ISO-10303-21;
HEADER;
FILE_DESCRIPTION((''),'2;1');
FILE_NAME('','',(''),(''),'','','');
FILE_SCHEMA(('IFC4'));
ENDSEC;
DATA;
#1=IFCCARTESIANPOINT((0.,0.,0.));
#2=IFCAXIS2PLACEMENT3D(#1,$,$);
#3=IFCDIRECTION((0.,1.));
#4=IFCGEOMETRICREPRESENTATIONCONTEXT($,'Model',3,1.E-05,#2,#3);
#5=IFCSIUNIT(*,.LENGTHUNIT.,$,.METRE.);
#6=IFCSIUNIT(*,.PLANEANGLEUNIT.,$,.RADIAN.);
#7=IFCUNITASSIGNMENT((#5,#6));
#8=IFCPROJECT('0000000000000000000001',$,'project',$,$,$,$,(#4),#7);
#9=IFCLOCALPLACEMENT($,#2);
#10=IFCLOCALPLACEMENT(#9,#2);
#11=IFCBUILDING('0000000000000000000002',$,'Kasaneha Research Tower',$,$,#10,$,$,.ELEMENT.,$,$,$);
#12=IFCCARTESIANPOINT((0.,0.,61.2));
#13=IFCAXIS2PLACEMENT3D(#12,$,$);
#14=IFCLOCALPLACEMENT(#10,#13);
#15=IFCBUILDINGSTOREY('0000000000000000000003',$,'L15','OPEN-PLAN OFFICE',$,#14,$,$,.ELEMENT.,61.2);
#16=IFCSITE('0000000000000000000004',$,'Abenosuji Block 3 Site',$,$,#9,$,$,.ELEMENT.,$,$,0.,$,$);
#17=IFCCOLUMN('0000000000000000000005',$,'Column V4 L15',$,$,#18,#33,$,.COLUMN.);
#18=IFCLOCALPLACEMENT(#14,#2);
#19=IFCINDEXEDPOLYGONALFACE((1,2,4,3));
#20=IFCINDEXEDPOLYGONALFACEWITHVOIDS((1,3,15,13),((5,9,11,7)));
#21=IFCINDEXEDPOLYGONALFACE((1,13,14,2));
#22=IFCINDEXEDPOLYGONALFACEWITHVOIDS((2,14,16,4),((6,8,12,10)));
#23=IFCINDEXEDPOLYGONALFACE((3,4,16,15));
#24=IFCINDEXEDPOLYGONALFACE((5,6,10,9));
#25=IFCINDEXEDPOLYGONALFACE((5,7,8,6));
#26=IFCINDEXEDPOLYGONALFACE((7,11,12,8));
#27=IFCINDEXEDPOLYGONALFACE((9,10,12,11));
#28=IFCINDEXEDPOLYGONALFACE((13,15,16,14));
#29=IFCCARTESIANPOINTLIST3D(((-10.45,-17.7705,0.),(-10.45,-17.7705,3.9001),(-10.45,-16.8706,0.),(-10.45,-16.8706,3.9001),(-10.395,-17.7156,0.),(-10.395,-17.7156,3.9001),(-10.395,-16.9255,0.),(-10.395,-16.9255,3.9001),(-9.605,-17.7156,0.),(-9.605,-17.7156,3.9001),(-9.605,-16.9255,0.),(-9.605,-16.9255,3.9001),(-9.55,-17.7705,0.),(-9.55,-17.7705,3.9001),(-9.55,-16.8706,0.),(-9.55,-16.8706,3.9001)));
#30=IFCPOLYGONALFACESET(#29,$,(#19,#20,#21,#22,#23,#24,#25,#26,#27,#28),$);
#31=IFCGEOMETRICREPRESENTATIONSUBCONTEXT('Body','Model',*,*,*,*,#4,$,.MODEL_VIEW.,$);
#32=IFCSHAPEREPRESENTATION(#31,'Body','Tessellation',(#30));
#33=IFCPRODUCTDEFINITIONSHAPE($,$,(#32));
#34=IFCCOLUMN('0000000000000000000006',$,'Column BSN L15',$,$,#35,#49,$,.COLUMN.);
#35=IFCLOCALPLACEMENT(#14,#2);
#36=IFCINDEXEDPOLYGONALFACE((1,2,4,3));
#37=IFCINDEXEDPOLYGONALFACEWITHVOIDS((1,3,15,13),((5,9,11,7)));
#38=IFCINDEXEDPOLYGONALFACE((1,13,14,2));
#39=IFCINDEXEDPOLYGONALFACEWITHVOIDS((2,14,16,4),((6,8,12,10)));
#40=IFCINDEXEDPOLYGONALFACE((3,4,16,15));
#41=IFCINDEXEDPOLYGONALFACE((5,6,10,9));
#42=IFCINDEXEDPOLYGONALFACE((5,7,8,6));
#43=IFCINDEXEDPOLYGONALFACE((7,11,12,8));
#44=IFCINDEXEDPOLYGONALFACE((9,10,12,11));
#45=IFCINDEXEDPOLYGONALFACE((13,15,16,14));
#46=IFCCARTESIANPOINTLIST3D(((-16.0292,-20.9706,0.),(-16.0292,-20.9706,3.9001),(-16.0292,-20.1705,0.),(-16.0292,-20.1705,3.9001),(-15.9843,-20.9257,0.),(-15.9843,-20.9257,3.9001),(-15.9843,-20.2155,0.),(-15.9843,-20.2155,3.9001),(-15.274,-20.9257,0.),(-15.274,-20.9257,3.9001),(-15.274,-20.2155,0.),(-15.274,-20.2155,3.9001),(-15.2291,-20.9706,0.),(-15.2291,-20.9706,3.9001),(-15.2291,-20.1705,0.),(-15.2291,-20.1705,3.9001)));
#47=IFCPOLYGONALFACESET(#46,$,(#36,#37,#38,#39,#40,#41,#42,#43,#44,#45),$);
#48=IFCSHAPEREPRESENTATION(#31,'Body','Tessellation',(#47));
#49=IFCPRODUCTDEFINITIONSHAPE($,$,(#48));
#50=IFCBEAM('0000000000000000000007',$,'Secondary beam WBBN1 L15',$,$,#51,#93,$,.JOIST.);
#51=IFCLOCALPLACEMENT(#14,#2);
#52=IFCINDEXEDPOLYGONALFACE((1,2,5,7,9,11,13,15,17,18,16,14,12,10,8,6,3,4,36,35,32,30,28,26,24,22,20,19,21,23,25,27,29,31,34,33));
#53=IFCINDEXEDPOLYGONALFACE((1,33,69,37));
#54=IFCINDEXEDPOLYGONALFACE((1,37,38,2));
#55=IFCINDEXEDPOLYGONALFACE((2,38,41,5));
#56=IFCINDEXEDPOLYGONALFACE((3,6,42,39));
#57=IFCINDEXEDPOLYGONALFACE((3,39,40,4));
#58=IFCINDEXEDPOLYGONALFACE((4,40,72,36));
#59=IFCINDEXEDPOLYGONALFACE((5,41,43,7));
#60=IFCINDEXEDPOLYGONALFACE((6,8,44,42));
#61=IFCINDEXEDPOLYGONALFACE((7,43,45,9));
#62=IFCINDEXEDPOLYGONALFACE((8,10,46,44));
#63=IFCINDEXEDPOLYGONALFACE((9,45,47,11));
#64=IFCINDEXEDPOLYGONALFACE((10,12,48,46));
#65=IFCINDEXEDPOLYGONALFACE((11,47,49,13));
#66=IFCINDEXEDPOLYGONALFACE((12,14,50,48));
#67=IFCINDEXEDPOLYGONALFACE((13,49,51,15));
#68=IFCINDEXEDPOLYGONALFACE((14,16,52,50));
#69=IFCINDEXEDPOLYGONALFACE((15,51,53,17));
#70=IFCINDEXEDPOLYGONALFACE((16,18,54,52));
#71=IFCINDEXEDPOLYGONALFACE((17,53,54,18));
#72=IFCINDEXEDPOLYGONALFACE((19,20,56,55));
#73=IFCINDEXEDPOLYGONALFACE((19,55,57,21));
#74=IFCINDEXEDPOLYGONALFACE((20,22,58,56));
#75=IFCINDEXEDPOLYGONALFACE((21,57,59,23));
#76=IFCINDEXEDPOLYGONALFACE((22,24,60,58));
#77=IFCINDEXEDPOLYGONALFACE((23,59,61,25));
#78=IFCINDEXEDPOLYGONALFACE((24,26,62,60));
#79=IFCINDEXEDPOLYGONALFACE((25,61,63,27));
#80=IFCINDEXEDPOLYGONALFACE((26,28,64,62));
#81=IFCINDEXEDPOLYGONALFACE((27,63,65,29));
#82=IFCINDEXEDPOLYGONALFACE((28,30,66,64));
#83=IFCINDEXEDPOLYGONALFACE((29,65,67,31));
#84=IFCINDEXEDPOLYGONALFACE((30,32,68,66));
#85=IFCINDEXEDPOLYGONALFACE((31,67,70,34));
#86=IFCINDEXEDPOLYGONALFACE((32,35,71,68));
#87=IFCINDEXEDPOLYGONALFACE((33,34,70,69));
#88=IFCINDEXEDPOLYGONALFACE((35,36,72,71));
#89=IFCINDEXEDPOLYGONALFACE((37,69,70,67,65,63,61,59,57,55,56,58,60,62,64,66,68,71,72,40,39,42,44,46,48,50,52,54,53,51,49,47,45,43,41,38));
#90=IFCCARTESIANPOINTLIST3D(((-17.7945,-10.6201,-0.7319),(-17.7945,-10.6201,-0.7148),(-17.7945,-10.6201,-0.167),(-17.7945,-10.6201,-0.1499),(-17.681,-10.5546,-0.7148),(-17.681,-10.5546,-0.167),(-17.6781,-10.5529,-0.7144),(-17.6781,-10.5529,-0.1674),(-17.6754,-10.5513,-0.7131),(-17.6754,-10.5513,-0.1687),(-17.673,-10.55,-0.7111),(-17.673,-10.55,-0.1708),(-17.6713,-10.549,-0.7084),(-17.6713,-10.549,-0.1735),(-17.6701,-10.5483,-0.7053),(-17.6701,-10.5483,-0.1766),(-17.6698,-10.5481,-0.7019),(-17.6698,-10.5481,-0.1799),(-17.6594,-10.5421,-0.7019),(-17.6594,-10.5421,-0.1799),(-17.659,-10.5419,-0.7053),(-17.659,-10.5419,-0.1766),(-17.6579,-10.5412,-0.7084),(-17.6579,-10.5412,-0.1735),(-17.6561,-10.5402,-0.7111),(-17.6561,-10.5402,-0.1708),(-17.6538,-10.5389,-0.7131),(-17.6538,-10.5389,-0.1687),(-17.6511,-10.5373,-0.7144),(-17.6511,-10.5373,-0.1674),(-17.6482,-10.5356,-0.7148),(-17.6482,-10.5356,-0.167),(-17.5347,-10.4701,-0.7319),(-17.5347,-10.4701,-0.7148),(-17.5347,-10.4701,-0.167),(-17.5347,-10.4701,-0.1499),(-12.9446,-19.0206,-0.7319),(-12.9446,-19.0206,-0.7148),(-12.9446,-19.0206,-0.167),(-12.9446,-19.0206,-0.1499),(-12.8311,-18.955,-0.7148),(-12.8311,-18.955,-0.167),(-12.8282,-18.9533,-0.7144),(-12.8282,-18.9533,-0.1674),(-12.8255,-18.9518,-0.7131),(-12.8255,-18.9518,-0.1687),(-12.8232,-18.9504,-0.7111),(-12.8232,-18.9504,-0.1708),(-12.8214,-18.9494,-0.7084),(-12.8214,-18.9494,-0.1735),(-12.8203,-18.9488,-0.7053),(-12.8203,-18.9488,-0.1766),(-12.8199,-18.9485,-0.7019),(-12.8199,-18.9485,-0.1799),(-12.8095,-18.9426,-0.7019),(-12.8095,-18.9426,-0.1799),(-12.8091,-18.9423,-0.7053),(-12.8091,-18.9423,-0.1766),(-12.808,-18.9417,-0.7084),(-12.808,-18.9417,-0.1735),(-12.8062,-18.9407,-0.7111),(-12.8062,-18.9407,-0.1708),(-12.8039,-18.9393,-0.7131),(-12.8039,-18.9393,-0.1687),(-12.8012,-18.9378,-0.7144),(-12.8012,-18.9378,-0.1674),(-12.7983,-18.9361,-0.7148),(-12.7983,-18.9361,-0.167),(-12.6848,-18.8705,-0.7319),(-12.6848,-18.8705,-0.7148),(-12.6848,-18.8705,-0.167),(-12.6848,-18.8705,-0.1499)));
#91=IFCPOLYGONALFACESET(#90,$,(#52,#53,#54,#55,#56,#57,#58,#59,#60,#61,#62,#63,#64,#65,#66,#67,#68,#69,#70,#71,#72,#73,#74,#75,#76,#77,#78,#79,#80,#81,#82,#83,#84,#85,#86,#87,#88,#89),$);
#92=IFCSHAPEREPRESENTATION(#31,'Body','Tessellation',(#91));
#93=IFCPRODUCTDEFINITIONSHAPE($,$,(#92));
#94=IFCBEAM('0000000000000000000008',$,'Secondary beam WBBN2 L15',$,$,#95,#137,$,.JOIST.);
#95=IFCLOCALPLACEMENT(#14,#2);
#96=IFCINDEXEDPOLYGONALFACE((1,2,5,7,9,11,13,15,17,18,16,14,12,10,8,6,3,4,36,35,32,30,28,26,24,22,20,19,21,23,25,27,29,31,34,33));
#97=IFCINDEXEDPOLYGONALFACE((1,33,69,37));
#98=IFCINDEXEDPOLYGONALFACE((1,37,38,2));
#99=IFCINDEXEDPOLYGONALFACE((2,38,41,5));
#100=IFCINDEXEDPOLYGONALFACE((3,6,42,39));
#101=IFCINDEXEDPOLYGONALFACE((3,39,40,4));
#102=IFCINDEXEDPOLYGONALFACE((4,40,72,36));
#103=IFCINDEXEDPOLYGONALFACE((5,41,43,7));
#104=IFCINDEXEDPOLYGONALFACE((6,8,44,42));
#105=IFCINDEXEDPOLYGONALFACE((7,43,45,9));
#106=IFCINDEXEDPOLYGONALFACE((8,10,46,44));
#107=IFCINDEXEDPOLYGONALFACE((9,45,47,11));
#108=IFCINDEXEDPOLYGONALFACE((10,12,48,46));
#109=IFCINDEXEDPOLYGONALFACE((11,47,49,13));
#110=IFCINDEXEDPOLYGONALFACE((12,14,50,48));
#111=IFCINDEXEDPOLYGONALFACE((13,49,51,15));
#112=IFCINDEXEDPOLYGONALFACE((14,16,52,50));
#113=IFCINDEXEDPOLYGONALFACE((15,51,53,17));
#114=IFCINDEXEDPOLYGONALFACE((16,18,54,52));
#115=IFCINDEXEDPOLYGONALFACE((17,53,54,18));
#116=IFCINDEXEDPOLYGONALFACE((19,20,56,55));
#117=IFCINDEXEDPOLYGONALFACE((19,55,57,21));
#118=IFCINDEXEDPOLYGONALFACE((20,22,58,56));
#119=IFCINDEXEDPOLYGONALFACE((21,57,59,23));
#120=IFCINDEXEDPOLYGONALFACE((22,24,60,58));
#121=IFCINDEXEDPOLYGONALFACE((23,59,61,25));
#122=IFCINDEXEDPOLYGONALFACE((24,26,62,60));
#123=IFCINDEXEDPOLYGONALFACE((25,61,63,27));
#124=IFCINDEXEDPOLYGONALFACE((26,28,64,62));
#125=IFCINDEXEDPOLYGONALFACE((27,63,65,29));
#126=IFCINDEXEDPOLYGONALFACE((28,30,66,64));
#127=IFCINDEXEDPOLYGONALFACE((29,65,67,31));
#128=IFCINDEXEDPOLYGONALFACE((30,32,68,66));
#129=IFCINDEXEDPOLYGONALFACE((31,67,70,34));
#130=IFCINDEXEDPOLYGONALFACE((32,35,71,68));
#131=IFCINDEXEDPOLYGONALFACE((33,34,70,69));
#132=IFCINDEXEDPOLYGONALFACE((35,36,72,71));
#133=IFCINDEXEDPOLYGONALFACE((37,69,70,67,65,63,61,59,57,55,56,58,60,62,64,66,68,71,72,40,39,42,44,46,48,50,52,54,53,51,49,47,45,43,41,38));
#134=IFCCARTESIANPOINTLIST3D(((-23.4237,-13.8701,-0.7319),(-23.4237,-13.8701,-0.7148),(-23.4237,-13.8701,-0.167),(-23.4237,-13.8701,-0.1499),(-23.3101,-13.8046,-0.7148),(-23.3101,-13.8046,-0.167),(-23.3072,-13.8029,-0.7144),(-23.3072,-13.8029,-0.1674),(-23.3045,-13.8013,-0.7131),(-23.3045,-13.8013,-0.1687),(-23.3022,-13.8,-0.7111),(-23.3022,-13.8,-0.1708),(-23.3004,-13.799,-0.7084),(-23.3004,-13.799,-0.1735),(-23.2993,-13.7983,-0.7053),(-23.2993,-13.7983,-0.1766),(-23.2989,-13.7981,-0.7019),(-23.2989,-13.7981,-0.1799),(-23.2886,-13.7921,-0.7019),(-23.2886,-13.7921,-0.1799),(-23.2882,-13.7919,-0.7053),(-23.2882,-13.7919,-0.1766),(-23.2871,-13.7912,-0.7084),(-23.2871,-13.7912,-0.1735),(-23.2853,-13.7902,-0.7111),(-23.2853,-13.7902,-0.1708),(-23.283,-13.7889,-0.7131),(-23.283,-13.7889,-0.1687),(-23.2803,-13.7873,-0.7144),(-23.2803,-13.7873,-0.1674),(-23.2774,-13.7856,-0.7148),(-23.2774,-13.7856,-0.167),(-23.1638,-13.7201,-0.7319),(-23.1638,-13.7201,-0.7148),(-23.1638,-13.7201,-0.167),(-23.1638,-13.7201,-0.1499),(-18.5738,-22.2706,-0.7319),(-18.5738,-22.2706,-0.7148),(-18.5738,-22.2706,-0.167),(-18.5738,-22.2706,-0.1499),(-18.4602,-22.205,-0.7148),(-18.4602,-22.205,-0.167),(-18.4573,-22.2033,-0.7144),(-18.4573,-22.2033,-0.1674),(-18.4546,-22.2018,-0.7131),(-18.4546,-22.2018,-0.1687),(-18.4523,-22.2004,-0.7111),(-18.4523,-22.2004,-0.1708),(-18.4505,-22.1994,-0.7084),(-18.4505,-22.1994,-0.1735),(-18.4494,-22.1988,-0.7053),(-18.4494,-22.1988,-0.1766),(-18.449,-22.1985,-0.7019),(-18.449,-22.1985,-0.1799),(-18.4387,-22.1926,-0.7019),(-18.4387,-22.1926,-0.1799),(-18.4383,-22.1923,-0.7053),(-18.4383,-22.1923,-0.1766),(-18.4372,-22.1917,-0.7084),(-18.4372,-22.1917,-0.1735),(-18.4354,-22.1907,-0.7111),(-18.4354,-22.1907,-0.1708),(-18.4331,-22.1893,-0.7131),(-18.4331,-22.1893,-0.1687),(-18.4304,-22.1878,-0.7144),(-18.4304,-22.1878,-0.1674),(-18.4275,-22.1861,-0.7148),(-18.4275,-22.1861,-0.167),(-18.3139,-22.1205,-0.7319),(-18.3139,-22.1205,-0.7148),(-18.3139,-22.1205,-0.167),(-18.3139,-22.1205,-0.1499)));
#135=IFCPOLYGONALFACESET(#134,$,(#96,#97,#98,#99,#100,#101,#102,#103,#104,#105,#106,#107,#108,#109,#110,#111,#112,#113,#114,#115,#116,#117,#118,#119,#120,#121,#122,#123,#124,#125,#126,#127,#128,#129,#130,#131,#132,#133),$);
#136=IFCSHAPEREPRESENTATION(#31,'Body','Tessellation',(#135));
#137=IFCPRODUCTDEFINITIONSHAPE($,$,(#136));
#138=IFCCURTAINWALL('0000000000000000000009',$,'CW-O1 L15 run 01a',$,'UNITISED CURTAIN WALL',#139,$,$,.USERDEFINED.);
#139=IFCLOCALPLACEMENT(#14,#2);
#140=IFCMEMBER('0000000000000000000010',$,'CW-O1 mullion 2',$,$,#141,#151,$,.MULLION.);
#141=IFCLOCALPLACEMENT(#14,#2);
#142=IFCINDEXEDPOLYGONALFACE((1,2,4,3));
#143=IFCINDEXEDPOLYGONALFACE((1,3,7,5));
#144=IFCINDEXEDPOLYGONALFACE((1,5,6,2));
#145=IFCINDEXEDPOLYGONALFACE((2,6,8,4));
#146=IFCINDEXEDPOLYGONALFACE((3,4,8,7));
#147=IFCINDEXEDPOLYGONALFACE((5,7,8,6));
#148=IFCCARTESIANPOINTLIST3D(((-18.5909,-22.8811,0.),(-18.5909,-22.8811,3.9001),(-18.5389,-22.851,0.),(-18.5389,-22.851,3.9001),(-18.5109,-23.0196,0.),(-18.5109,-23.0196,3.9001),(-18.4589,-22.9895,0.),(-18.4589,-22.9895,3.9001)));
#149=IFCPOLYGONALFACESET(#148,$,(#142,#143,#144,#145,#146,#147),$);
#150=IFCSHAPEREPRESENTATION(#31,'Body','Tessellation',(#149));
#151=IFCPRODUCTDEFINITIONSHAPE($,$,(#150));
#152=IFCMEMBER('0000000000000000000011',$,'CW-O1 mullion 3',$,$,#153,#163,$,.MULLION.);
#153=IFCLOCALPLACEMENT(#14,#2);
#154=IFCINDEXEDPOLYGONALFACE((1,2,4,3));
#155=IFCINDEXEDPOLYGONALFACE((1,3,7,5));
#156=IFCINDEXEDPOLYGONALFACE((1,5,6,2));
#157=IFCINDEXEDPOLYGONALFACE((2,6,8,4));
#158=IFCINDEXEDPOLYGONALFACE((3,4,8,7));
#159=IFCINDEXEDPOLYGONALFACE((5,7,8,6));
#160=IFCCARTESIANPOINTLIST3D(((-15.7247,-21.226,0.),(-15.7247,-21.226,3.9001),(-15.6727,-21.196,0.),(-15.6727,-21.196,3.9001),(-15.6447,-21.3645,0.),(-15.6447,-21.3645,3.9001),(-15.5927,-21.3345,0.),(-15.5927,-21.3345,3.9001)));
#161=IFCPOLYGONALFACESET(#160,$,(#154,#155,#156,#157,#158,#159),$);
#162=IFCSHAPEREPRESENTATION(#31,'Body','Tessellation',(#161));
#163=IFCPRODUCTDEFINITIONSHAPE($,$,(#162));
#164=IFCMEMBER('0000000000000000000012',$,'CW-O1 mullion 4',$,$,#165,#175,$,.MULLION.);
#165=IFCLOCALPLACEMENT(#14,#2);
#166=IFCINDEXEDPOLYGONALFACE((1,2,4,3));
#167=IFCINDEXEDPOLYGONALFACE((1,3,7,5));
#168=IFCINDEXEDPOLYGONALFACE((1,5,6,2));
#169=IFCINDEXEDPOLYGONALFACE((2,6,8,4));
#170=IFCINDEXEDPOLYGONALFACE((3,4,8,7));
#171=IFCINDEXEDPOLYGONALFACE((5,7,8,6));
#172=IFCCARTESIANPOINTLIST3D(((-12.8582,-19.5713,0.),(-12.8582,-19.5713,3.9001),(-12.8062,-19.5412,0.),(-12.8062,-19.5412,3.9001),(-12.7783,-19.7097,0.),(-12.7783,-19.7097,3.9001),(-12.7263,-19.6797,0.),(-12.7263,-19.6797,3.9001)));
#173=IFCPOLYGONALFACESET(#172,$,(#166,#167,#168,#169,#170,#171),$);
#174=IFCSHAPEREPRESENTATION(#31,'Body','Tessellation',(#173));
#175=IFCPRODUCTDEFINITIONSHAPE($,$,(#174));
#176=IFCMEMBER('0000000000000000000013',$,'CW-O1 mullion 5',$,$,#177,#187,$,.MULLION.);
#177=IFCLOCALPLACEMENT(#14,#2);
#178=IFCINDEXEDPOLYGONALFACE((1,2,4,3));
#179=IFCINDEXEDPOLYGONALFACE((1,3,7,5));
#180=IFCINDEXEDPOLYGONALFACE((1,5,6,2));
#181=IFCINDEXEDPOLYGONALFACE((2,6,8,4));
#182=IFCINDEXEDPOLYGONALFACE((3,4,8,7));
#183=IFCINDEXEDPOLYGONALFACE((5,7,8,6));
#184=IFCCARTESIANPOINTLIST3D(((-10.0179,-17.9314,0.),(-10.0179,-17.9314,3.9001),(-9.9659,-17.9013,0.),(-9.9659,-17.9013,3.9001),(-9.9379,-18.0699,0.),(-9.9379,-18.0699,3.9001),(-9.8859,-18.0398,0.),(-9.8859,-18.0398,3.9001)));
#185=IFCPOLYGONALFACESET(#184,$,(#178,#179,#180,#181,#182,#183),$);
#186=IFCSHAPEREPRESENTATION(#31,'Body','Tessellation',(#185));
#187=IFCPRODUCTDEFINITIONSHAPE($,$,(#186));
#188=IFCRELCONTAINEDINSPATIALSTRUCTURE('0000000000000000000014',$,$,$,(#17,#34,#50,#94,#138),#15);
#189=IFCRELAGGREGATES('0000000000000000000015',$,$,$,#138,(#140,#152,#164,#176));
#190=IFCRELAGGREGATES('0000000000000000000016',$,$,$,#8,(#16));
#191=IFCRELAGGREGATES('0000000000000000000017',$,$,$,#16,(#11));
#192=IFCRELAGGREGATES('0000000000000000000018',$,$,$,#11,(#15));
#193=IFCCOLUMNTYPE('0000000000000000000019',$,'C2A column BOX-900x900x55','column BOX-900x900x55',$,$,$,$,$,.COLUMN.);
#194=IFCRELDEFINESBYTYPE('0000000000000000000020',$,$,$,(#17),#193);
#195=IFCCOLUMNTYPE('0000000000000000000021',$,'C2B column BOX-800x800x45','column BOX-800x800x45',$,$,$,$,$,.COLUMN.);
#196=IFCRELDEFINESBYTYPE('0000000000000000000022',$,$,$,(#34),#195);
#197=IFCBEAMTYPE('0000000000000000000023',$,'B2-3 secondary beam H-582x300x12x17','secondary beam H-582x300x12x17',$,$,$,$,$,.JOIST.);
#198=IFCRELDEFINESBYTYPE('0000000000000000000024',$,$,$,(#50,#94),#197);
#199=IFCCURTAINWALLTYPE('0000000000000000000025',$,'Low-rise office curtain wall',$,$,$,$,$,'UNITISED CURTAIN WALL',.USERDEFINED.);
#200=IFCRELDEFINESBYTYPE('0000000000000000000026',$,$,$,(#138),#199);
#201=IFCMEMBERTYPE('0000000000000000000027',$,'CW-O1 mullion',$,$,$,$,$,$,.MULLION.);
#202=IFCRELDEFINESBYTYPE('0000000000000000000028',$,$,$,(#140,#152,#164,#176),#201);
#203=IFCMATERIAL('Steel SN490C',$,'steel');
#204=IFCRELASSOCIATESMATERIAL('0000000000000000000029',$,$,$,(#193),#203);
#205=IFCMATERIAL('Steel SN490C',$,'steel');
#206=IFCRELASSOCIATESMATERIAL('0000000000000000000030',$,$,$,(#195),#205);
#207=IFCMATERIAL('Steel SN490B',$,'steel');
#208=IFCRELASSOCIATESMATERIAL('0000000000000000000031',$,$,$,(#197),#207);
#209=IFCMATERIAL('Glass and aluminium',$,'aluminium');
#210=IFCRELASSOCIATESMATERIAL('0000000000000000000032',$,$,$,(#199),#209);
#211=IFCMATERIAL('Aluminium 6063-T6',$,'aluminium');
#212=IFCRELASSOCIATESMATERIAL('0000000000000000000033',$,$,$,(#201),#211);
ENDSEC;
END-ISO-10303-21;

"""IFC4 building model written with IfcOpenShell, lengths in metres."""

from ifc_helpers import new_model, si_unit, direction, frame, origin, origin_2d, place, context, subcontext, project, spatial, rectangle, hollow_rectangle, i_section, extrude, material, material_profile, profile_set, type_object, element, aggregate, save


model = new_model("IFC4")

# Units and contexts
model_context = context("Model", 3, precision=1e-05, world=origin(), true_north=direction((0.0, 1.0)))
body_context = subcontext(model_context, "Body", "Model", "MODEL_VIEW")
ifc_project = project(units=[si_unit("LENGTHUNIT", "METRE"), si_unit("PLANEANGLEUNIT", "RADIAN")], contexts=[model_context])

# Site, building, storey
site_placement = place(None, origin())
site = spatial("IfcSite", under=ifc_project, at=site_placement, Name="Abenosuji Block 3 Site", CompositionType="ELEMENT", RefElevation=0.0)
building_placement = place(site_placement, origin())
building = spatial("IfcBuilding", under=site, at=building_placement, Name="Kasaneha Research Tower", CompositionType="ELEMENT")
storey_placement = place(building_placement, frame((0.0, 0.0, 61.2)))
storey = spatial("IfcBuildingStorey", under=building, at=storey_placement, Name="L15", Description="OPEN-PLAN OFFICE", CompositionType="ELEMENT", Elevation=61.2)

# Columns
ifc_material_1 = material(Name="Steel SN490C", Category="steel")
ifc_material_profile_1 = material_profile(ifc_material_1, hollow_rectangle(XDim=0.8999, YDim=0.8999, WallThickness=0.0549, at=origin_2d()), Name="BOX-900x900x55")
ifc_profile_set_1 = profile_set([ifc_material_profile_1], Name="Steel SN490C")
column_type_1 = type_object("IfcColumnType", Name="C2A column BOX-900x900x55", Description="column BOX-900x900x55", PredefinedType="COLUMN", material=ifc_profile_set_1)
column_1_placement = place(storey_placement, frame((-10.0, -17.3206, 0.0), z_axis=(0.0, 0.0, 1.0), x_axis=(1.0, 0.0, 0.0)))
element("IfcColumn", 1, at=column_1_placement, inside=storey, type_object=column_type_1, Name="Column V4 L15", PredefinedType="COLUMN", context=body_context, shape_type="SweptSolid", body=[
    extrude(hollow_rectangle(XDim=0.8999, YDim=0.8999, WallThickness=0.0549, at=origin_2d()), origin(), (0.0, 0.0, 1.0), 3.9001),
])
ifc_material_2 = material(Name="Steel SN490C", Category="steel")
ifc_material_profile_2 = material_profile(ifc_material_2, hollow_rectangle(XDim=0.8, YDim=0.8, WallThickness=0.0449, at=origin_2d()), Name="BOX-800x800x45")
ifc_profile_set_2 = profile_set([ifc_material_profile_2], Name="Steel SN490C")
column_type_2 = type_object("IfcColumnType", Name="C2B column BOX-800x800x45", Description="column BOX-800x800x45", PredefinedType="COLUMN", material=ifc_profile_set_2)
column_2_placement = place(storey_placement, frame((-15.6292, -20.5706, 0.0), z_axis=(0.0, 0.0, 1.0), x_axis=(1.0, 0.0, 0.0)))
element("IfcColumn", 2, at=column_2_placement, inside=storey, type_object=column_type_2, Name="Column BSN L15", PredefinedType="COLUMN", context=body_context, shape_type="SweptSolid", body=[
    extrude(hollow_rectangle(XDim=0.8, YDim=0.8, WallThickness=0.0449, at=origin_2d()), origin(), (0.0, 0.0, 1.0), 3.9001),
])

# Beams
ifc_material_3 = material(Name="Steel SN490B", Category="steel")
ifc_material_profile_3 = material_profile(ifc_material_3, i_section(OverallWidth=0.3, OverallDepth=0.582, WebThickness=0.012, FlangeThickness=0.0171, FilletRadius=0.0129, at=origin_2d()), Name="H-582x300x12x17")
ifc_profile_set_3 = profile_set([ifc_material_profile_3], Name="Steel SN490B")
beam_type_1 = type_object("IfcBeamType", Name="B2-3 secondary beam H-582x300x12x17", Description="secondary beam H-582x300x12x17", PredefinedType="JOIST", material=ifc_profile_set_3)
for number, where, z_axis, x_axis, name in (
    (3, (-12.8147, -18.9456, -0.4409), (-0.499991, 0.866031, 0.0), (-0.866031, -0.499991, 0.0), "Secondary beam WBBN1 L15"),
    (4, (-18.4438, -22.1956, -0.4409), (-0.499991, 0.866031, 0.0), (-0.866031, -0.499991, 0.0), "Secondary beam WBBN2 L15"),
):
    element("IfcBeam", number, at=place(storey_placement, frame(where, z_axis=z_axis, x_axis=x_axis)), inside=storey, type_object=beam_type_1, Name=name, PredefinedType="JOIST", context=body_context, shape_type="SweptSolid", body=[
        extrude(i_section(OverallWidth=0.3, OverallDepth=0.582, WebThickness=0.012, FlangeThickness=0.0171, FilletRadius=0.0129, at=origin_2d()), origin(), (0.0, 0.0, 1.0), 9.7),
    ])

# Curtain wall, members
ifc_material_4 = material(Name="Glass and aluminium", Category="aluminium")
curtain_wall_type = type_object("IfcCurtainWallType", Name="Low-rise office curtain wall", ElementType="UNITISED CURTAIN WALL", PredefinedType="USERDEFINED", material=ifc_material_4)
curtain_wall_1_placement = place(storey_placement, origin())
curtain_wall_1 = element("IfcCurtainWall", 5, at=curtain_wall_1_placement, inside=storey, type_object=curtain_wall_type, Name="CW-O1 L15 run 01a", ObjectType="UNITISED CURTAIN WALL", PredefinedType="USERDEFINED")
ifc_material_5 = material(Name="Aluminium 6063-T6", Category="aluminium")
ifc_material_profile_4 = material_profile(ifc_material_5, rectangle(XDim=0.0601, YDim=0.1599, at=origin_2d()), Name="CW-O1 mullion 60x160")
ifc_profile_set_4 = profile_set([ifc_material_profile_4], Name="Aluminium 6063-T6")
member_type_1 = type_object("IfcMemberType", Name="CW-O1 mullion", PredefinedType="MULLION", material=ifc_profile_set_4)
member_1_placement = place(storey_placement, frame((-18.5249, -22.9353, 0.0), z_axis=(0.0, 0.0, 1.0), x_axis=(0.866025, 0.5, 0.0)))
member_1 = element("IfcMember", 6, at=member_1_placement, type_object=member_type_1, Name="CW-O1 mullion 2", PredefinedType="MULLION", context=body_context, shape_type="SweptSolid", body=[
    extrude(rectangle(XDim=0.0601, YDim=0.1599, at=origin_2d()), origin(), (0.0, 0.0, 1.0), 3.9001),
])
member_2_placement = place(storey_placement, frame((-15.6587, -21.2803, 0.0), z_axis=(0.0, 0.0, 1.0), x_axis=(0.866025, 0.5, 0.0)))
member_2 = element("IfcMember", 7, at=member_2_placement, type_object=member_type_1, Name="CW-O1 mullion 3", PredefinedType="MULLION", context=body_context, shape_type="SweptSolid", body=[
    extrude(rectangle(XDim=0.0601, YDim=0.1599, at=origin_2d()), origin(), (0.0, 0.0, 1.0), 3.9001),
])
member_3_placement = place(storey_placement, frame((-12.7922, -19.6255, 0.0), z_axis=(0.0, 0.0, 1.0), x_axis=(0.866025, 0.5, 0.0)))
member_3 = element("IfcMember", 8, at=member_3_placement, type_object=member_type_1, Name="CW-O1 mullion 4", PredefinedType="MULLION", context=body_context, shape_type="SweptSolid", body=[
    extrude(rectangle(XDim=0.0601, YDim=0.1599, at=origin_2d()), origin(), (0.0, 0.0, 1.0), 3.9001),
])
member_4_placement = place(storey_placement, frame((-9.9519, -17.9856, 0.0), z_axis=(0.0, 0.0, 1.0), x_axis=(0.866025, 0.5, 0.0)))
member_4 = element("IfcMember", 9, at=member_4_placement, type_object=member_type_1, Name="CW-O1 mullion 5", PredefinedType="MULLION", context=body_context, shape_type="SweptSolid", body=[
    extrude(rectangle(XDim=0.0601, YDim=0.1599, at=origin_2d()), origin(), (0.0, 0.0, 1.0), 3.9001),
])

aggregate(curtain_wall_1, [member_1, member_2, member_3, member_4])

save(model, "model.ifc")
